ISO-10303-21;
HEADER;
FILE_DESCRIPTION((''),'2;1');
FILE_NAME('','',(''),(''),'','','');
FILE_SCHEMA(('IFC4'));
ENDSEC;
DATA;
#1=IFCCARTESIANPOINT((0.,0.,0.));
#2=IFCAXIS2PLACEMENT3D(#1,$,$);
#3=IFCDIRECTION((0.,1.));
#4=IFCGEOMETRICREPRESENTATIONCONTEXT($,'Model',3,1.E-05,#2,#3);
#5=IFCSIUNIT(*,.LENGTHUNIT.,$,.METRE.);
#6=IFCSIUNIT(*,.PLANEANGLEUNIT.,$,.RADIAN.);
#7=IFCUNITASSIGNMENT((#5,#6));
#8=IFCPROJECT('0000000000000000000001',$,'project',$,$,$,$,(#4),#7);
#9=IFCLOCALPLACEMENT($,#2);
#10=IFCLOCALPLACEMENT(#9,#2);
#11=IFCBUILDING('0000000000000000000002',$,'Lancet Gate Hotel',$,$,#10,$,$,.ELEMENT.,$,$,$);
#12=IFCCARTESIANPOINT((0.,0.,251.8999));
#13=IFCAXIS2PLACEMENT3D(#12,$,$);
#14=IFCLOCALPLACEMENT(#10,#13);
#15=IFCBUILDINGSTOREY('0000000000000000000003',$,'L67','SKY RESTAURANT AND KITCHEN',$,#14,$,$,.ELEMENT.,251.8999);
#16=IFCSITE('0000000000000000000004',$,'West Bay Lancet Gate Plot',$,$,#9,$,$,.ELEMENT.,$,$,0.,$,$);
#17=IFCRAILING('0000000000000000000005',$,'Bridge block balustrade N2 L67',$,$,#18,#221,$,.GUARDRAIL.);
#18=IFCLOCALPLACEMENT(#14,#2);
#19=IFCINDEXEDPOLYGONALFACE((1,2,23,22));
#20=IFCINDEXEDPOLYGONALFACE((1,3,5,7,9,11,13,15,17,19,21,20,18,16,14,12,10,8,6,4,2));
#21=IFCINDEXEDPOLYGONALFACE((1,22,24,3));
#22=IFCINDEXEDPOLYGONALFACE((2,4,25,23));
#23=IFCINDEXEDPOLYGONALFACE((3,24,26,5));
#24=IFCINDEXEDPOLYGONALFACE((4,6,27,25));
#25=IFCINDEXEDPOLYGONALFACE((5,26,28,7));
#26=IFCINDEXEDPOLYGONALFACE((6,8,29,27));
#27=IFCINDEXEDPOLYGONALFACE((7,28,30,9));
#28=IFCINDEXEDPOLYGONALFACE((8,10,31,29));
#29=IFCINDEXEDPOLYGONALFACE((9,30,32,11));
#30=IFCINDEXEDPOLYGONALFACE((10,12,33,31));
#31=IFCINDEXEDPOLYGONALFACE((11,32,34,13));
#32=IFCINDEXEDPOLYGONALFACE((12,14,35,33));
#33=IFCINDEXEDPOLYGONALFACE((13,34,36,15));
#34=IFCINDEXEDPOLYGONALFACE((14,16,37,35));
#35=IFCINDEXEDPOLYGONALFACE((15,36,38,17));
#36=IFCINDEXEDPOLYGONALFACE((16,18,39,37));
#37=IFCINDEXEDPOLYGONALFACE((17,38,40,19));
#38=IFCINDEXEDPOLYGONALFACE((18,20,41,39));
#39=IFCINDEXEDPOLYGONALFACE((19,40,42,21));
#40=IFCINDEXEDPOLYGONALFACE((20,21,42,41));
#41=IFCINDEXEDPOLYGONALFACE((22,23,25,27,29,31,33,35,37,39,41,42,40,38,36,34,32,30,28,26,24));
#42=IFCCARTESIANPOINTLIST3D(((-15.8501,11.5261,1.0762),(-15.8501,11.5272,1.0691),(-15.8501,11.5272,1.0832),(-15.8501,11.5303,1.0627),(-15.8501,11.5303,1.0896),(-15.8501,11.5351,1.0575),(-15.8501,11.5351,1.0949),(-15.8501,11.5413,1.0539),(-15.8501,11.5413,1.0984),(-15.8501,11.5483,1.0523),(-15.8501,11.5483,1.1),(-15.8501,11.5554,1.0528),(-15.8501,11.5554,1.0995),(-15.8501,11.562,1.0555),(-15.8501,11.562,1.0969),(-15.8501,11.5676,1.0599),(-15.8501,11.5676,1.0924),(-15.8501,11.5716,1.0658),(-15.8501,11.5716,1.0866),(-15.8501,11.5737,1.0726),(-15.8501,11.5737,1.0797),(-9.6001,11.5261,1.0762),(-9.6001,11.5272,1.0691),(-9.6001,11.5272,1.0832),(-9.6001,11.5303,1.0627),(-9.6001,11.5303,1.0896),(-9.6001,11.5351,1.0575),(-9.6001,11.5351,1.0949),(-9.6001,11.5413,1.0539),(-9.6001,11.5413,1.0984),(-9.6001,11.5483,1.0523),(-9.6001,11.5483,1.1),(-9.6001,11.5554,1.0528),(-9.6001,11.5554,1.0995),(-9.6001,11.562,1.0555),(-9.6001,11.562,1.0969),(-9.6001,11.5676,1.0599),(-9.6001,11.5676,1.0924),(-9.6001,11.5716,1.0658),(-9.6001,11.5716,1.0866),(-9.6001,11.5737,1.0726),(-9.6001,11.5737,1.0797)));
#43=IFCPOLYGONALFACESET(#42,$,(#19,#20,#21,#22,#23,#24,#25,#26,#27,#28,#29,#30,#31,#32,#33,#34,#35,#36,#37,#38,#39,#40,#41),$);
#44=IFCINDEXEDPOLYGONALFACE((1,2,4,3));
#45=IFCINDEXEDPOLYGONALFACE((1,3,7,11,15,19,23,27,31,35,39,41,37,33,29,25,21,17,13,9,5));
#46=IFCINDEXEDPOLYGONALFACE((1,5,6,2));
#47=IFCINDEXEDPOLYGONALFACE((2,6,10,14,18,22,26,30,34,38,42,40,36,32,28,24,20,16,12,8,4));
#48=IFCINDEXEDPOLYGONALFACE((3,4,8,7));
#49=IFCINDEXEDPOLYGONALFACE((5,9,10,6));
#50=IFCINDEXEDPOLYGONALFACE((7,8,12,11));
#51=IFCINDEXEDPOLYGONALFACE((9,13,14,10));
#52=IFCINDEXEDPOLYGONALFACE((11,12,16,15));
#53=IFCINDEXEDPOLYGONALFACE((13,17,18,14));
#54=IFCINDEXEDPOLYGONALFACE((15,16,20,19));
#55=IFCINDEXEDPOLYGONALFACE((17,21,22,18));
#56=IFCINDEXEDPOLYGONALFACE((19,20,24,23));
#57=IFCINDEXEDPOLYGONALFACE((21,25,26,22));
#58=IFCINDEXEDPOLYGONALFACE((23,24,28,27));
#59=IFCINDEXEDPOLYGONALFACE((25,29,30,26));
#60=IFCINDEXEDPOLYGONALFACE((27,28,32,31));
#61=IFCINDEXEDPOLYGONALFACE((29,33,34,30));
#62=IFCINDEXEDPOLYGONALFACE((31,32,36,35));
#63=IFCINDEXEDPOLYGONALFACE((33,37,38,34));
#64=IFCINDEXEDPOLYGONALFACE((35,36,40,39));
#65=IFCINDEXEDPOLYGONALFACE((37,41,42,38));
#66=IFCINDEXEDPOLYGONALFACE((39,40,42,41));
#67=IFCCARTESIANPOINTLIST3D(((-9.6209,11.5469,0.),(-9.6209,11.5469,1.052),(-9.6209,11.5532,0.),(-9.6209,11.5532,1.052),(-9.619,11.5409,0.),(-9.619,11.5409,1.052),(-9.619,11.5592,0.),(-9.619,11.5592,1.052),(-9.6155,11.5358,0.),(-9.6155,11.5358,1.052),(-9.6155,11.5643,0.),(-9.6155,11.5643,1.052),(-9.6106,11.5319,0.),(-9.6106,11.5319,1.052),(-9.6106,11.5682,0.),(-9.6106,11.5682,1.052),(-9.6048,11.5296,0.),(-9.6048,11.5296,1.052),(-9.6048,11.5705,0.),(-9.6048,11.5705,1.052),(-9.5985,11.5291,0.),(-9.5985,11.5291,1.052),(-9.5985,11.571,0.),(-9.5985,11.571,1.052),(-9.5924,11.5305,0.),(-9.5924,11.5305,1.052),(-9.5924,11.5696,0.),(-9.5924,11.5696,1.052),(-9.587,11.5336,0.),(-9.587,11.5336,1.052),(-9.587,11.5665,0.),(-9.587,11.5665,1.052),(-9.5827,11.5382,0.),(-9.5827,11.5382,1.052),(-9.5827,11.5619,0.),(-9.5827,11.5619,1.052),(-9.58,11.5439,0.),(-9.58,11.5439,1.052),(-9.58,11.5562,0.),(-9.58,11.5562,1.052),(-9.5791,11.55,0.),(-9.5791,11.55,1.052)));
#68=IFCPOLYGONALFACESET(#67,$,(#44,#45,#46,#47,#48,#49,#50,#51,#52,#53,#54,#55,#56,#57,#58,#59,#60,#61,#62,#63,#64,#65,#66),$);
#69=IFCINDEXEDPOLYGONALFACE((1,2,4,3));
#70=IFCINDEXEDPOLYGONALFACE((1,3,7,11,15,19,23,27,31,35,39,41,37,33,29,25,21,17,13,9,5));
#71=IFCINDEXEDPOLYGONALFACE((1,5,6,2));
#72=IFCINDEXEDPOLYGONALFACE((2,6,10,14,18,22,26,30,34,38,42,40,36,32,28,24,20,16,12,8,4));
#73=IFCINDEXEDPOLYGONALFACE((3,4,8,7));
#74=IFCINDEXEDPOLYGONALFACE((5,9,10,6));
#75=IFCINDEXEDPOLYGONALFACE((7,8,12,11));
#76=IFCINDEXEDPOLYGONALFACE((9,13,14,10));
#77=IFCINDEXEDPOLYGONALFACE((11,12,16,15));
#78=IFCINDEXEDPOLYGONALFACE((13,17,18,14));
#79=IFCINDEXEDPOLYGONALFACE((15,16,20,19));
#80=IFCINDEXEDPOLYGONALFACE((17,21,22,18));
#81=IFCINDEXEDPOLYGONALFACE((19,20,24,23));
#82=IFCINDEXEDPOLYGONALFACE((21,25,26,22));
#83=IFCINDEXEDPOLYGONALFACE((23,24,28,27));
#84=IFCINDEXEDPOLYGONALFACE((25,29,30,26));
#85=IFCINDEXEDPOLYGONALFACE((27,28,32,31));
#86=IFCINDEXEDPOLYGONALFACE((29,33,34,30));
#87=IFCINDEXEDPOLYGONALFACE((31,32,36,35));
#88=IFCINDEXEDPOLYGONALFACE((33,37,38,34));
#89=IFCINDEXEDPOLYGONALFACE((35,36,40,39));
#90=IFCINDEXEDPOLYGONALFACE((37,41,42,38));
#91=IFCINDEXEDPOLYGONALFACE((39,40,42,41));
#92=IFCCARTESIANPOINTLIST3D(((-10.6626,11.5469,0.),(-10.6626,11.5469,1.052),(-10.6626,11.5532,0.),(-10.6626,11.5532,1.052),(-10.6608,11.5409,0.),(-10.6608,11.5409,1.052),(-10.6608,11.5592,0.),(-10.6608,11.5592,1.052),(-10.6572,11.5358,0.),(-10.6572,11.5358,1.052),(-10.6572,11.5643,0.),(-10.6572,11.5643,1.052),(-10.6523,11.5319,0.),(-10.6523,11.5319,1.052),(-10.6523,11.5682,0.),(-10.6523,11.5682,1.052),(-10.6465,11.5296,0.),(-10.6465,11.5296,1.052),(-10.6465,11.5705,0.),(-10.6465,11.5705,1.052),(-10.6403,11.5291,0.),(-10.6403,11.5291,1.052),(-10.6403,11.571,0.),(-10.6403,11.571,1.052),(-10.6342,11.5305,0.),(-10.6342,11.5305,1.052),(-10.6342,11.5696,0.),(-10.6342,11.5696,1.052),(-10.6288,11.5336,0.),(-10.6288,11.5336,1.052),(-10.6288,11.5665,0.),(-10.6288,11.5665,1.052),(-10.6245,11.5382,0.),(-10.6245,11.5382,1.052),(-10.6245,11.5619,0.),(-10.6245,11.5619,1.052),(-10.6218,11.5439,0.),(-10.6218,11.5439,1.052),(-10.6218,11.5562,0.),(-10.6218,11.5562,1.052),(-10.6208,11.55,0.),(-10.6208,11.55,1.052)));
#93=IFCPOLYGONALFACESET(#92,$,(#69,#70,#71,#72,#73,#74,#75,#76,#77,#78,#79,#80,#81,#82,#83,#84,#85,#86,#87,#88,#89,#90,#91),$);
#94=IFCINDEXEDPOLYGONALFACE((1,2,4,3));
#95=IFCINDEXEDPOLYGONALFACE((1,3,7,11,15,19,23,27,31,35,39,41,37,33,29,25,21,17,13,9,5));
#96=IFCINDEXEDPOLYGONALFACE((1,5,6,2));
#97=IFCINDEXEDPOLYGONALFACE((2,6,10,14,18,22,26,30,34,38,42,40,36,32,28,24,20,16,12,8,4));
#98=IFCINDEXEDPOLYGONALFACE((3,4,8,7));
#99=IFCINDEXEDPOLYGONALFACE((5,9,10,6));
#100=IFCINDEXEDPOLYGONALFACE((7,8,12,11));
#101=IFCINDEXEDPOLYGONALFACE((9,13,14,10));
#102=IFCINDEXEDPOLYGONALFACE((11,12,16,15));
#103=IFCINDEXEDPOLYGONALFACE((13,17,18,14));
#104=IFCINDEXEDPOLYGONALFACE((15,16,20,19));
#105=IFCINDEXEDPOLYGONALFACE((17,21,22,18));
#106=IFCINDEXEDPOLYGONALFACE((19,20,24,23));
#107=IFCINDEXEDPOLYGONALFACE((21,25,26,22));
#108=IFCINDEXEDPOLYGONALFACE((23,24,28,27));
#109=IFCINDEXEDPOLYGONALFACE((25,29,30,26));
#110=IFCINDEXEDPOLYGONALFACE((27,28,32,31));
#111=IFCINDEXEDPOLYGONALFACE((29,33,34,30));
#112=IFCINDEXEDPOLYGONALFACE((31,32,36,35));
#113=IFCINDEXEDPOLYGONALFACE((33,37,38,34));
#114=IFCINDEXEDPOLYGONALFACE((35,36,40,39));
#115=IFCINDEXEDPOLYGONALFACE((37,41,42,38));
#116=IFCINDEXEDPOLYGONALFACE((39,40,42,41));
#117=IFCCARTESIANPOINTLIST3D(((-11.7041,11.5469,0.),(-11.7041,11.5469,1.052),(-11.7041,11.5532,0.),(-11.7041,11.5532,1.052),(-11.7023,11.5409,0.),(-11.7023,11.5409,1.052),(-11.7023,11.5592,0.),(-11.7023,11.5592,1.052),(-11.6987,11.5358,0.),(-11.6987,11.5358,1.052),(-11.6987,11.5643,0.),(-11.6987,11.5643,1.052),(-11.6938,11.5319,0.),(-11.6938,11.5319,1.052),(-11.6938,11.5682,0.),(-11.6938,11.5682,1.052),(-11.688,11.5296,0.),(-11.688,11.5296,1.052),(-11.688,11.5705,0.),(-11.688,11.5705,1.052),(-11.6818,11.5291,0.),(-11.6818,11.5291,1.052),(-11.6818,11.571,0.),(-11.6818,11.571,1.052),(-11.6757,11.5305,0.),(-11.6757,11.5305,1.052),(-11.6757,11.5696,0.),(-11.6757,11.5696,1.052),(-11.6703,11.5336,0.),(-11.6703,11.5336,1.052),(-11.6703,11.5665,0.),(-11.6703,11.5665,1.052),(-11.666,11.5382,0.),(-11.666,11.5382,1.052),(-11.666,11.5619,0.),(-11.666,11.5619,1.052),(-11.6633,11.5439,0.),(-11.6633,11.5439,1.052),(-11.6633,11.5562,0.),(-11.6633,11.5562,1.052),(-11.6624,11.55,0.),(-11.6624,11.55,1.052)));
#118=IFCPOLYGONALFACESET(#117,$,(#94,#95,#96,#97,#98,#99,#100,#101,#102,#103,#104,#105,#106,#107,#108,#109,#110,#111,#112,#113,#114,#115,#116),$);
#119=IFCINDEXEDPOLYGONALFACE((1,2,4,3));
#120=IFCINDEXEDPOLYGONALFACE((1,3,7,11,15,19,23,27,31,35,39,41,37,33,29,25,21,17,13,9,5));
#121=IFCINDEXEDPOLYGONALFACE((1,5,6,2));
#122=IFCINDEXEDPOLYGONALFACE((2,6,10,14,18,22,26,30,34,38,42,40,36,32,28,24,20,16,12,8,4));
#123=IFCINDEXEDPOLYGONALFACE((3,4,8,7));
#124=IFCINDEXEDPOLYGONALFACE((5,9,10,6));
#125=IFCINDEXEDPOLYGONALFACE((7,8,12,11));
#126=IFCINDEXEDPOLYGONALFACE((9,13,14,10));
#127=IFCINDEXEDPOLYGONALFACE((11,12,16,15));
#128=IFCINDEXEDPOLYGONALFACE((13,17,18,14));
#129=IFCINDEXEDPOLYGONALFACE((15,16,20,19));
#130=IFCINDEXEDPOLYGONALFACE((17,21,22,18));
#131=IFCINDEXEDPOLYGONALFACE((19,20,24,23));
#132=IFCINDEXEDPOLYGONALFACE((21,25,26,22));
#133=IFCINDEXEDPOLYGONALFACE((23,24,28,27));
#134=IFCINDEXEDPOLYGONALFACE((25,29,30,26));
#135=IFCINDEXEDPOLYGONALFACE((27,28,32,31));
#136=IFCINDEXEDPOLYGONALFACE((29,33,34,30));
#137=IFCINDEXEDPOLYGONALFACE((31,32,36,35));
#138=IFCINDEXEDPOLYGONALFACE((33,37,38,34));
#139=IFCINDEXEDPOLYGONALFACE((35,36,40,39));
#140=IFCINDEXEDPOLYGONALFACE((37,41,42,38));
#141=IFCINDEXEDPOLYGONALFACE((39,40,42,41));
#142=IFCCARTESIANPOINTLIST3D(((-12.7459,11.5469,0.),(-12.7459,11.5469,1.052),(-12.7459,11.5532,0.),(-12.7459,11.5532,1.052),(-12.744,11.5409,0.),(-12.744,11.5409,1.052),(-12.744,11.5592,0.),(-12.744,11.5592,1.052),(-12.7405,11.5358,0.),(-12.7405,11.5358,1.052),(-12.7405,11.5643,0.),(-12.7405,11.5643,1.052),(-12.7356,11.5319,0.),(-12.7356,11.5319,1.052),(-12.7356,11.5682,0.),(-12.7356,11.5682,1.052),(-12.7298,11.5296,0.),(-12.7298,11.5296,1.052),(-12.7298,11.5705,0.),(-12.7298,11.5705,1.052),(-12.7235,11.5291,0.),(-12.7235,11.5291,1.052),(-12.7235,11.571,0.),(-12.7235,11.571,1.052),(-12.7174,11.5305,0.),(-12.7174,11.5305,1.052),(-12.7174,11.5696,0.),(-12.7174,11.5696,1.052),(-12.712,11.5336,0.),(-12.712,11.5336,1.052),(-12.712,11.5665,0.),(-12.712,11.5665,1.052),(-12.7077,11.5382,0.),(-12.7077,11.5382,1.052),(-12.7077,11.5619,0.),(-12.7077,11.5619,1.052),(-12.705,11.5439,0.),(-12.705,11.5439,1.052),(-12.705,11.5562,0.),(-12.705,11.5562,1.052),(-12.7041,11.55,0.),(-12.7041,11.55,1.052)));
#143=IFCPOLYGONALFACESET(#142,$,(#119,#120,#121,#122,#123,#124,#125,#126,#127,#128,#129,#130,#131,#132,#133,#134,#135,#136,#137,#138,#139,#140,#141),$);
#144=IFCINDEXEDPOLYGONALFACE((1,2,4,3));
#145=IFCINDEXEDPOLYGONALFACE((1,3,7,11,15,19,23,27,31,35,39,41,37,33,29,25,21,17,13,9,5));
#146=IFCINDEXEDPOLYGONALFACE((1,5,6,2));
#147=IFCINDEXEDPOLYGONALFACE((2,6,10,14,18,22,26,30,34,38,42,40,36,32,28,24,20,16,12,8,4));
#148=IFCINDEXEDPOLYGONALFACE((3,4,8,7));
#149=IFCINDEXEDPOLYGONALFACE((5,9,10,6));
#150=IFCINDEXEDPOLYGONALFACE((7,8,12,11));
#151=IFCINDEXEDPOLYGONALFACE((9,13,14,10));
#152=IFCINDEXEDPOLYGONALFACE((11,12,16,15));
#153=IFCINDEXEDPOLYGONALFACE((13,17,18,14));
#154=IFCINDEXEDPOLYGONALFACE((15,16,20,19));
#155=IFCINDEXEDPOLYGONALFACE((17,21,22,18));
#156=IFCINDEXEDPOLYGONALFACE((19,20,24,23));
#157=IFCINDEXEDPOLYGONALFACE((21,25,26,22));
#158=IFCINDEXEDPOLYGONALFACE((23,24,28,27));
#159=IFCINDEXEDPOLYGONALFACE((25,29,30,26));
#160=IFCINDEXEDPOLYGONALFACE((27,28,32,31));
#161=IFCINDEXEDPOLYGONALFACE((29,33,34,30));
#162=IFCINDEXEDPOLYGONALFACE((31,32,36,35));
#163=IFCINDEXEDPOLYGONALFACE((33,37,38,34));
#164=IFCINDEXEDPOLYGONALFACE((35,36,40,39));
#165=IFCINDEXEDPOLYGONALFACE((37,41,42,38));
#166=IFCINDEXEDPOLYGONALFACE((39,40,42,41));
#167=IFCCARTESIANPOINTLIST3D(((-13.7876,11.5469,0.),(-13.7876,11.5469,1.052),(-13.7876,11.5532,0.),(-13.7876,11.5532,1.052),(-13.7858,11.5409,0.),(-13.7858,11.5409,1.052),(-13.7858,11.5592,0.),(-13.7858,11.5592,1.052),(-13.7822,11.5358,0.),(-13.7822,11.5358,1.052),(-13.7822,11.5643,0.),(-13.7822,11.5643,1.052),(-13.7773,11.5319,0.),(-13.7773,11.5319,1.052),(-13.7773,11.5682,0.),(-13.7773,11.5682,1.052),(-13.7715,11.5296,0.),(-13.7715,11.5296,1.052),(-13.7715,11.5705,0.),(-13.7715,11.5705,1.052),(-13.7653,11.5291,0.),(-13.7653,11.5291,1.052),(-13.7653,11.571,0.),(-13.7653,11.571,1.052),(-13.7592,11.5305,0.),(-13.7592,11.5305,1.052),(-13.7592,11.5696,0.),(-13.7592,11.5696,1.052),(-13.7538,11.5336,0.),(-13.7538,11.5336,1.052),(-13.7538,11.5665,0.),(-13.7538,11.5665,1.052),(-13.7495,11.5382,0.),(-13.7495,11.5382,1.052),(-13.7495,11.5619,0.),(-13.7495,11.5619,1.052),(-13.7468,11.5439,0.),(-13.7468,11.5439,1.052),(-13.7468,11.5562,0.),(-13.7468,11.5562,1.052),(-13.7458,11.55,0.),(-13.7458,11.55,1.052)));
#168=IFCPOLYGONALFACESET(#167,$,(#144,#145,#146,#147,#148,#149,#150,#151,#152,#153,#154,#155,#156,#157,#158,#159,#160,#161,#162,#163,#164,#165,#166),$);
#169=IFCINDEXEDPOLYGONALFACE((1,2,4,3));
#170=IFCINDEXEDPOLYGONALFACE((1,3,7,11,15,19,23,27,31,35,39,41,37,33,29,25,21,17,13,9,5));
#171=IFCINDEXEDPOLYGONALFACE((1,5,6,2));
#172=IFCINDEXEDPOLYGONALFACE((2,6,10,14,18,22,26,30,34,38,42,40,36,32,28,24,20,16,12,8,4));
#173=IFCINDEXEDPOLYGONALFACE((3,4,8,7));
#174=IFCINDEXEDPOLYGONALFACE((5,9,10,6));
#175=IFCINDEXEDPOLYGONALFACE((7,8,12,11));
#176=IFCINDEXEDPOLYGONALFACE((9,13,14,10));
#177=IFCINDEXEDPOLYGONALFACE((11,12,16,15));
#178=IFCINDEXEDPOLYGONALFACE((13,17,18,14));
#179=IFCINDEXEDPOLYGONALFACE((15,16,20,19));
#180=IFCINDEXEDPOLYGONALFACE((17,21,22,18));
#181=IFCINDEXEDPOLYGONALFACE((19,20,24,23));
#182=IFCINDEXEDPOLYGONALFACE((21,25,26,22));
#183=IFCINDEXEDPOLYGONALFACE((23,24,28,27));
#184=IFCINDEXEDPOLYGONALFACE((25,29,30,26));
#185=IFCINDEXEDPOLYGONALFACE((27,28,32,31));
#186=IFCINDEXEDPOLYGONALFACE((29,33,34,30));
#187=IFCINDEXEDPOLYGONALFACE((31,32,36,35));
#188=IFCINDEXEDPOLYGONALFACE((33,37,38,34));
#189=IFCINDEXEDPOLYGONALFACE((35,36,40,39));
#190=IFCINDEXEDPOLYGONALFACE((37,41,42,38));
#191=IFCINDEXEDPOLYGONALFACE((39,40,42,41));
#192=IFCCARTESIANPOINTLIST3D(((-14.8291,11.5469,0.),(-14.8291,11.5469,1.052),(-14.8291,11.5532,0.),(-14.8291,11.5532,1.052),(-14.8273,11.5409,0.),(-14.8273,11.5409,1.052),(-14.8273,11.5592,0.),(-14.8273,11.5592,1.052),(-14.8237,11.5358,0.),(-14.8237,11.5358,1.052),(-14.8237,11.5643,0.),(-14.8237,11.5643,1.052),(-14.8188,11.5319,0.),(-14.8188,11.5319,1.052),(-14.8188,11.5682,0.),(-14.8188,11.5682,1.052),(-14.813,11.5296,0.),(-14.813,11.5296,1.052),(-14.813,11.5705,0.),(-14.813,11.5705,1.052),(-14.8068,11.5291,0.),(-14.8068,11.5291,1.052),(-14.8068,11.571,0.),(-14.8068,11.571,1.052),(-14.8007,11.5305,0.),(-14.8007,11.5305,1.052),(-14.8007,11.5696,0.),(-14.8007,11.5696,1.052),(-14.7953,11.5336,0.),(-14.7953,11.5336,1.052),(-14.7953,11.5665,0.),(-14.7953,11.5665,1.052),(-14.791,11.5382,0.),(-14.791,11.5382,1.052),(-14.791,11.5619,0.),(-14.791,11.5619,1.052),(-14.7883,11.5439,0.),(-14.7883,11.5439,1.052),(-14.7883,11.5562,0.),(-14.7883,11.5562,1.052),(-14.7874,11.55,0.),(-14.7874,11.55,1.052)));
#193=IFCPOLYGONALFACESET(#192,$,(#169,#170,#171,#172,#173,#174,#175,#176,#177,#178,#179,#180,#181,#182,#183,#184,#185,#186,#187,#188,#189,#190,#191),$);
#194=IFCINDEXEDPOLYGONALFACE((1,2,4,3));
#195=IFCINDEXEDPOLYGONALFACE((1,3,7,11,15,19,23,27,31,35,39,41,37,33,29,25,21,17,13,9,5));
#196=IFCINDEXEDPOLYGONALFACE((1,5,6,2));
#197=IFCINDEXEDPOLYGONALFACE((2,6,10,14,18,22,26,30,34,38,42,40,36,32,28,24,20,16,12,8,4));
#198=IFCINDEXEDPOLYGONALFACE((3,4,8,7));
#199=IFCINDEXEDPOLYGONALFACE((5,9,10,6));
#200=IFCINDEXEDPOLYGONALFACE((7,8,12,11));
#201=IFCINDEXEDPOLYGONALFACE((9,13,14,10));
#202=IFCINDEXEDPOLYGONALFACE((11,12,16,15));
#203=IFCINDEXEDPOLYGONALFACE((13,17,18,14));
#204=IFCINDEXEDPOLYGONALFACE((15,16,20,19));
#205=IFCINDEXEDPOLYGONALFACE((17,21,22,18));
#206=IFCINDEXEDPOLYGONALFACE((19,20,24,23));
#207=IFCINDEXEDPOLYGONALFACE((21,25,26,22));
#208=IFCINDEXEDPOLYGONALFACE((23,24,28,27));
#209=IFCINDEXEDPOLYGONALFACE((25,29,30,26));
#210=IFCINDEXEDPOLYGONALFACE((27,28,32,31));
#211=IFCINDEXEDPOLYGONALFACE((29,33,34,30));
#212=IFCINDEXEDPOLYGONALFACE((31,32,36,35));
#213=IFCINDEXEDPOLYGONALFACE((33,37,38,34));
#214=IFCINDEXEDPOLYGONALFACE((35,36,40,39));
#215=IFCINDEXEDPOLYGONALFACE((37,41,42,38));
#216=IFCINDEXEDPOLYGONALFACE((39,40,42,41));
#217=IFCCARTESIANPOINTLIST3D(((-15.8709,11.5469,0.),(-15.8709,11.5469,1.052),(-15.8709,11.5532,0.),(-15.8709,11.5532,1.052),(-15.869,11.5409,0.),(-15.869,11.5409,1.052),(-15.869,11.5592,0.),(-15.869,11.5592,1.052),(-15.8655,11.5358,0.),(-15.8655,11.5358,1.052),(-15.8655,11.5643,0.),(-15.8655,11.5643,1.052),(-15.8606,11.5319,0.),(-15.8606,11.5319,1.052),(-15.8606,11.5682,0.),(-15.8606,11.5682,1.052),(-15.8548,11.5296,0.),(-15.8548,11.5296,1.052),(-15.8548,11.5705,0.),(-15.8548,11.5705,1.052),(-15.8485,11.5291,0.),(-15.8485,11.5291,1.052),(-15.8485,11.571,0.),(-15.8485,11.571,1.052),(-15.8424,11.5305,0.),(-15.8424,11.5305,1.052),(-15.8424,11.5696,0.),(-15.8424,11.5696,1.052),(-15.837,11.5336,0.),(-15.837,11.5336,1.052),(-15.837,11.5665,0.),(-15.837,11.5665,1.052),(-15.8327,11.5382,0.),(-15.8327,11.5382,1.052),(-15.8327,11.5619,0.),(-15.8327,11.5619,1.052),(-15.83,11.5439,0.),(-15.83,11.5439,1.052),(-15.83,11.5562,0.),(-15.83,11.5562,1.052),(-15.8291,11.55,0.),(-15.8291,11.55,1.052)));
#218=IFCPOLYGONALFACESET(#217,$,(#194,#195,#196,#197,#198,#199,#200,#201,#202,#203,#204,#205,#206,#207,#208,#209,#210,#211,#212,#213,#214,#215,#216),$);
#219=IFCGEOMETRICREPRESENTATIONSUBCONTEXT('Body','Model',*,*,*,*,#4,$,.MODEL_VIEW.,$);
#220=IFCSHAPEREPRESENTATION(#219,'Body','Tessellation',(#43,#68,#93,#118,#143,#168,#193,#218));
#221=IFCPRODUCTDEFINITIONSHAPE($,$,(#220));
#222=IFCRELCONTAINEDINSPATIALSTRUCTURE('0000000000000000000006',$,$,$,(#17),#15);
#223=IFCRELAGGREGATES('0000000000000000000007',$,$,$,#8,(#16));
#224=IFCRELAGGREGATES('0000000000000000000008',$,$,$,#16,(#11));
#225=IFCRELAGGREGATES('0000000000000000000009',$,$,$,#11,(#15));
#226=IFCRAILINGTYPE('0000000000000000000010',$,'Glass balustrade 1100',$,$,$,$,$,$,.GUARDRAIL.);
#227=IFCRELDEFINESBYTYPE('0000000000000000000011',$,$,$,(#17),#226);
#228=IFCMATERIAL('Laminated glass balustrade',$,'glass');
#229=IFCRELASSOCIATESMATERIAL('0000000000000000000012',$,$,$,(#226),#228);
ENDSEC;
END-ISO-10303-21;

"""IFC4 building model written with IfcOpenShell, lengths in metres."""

from ifc_helpers import new_model, si_unit, direction, frame, origin, origin_2d, place, context, subcontext, project, spatial, circle, extrude, material, type_object, element, save


model = new_model("IFC4")

# Units and contexts
model_context = context("Model", 3, precision=1e-05, world=origin(), true_north=direction((0.0, 1.0)))
body_context = subcontext(model_context, "Body", "Model", "MODEL_VIEW")
ifc_project = project(units=[si_unit("LENGTHUNIT", "METRE"), si_unit("PLANEANGLEUNIT", "RADIAN")], contexts=[model_context])

# Site, building, storey
site_placement = place(None, origin())
site = spatial("IfcSite", under=ifc_project, at=site_placement, Name="West Bay Lancet Gate Plot", CompositionType="ELEMENT", RefElevation=0.0)
building_placement = place(site_placement, origin())
building = spatial("IfcBuilding", under=site, at=building_placement, Name="Lancet Gate Hotel", CompositionType="ELEMENT")
storey_placement = place(building_placement, frame((0.0, 0.0, 251.8999)))
storey = spatial("IfcBuildingStorey", under=building, at=storey_placement, Name="L67", Description="SKY RESTAURANT AND KITCHEN", CompositionType="ELEMENT", Elevation=251.8999)

# Railing
ifc_material_1 = material(Name="Laminated glass balustrade", Category="glass")
railing_type = type_object("IfcRailingType", Name="Glass balustrade 1100", PredefinedType="GUARDRAIL", material=ifc_material_1)
railing_1_placement = place(storey_placement, frame((-9.6001, 11.55, 0.0)))
element("IfcRailing", 1, at=railing_1_placement, inside=storey, type_object=railing_type, Name="Bridge block balustrade N2 L67", PredefinedType="GUARDRAIL", context=body_context, shape_type="SweptSolid", body=[
    extrude(circle(Radius=0.0239, at=origin_2d()), frame((0.0, 0.0, 1.0762), z_axis=(-1.0, 0.0, 0.0), x_axis=(0.0, -1.0, 0.0)), (0.0, 0.0, 1.0), 6.25),
    extrude(circle(Radius=0.021, at=origin_2d()), origin(), (0.0, 0.0, 1.0), 1.052),
    extrude(circle(Radius=0.021, at=origin_2d()), frame((-1.0417, 0.0, 0.0)), (0.0, 0.0, 1.0), 1.052),
    extrude(circle(Radius=0.021, at=origin_2d()), frame((-2.0833, 0.0, 0.0)), (0.0, 0.0, 1.0), 1.052),
    extrude(circle(Radius=0.021, at=origin_2d()), frame((-3.125, 0.0, 0.0)), (0.0, 0.0, 1.0), 1.052),
    extrude(circle(Radius=0.021, at=origin_2d()), frame((-4.1667, 0.0, 0.0)), (0.0, 0.0, 1.0), 1.052),
    extrude(circle(Radius=0.021, at=origin_2d()), frame((-5.2083, 0.0, 0.0)), (0.0, 0.0, 1.0), 1.052),
    extrude(circle(Radius=0.021, at=origin_2d()), frame((-6.25, 0.0, 0.0)), (0.0, 0.0, 1.0), 1.052),
])

save(model, "model.ifc")
